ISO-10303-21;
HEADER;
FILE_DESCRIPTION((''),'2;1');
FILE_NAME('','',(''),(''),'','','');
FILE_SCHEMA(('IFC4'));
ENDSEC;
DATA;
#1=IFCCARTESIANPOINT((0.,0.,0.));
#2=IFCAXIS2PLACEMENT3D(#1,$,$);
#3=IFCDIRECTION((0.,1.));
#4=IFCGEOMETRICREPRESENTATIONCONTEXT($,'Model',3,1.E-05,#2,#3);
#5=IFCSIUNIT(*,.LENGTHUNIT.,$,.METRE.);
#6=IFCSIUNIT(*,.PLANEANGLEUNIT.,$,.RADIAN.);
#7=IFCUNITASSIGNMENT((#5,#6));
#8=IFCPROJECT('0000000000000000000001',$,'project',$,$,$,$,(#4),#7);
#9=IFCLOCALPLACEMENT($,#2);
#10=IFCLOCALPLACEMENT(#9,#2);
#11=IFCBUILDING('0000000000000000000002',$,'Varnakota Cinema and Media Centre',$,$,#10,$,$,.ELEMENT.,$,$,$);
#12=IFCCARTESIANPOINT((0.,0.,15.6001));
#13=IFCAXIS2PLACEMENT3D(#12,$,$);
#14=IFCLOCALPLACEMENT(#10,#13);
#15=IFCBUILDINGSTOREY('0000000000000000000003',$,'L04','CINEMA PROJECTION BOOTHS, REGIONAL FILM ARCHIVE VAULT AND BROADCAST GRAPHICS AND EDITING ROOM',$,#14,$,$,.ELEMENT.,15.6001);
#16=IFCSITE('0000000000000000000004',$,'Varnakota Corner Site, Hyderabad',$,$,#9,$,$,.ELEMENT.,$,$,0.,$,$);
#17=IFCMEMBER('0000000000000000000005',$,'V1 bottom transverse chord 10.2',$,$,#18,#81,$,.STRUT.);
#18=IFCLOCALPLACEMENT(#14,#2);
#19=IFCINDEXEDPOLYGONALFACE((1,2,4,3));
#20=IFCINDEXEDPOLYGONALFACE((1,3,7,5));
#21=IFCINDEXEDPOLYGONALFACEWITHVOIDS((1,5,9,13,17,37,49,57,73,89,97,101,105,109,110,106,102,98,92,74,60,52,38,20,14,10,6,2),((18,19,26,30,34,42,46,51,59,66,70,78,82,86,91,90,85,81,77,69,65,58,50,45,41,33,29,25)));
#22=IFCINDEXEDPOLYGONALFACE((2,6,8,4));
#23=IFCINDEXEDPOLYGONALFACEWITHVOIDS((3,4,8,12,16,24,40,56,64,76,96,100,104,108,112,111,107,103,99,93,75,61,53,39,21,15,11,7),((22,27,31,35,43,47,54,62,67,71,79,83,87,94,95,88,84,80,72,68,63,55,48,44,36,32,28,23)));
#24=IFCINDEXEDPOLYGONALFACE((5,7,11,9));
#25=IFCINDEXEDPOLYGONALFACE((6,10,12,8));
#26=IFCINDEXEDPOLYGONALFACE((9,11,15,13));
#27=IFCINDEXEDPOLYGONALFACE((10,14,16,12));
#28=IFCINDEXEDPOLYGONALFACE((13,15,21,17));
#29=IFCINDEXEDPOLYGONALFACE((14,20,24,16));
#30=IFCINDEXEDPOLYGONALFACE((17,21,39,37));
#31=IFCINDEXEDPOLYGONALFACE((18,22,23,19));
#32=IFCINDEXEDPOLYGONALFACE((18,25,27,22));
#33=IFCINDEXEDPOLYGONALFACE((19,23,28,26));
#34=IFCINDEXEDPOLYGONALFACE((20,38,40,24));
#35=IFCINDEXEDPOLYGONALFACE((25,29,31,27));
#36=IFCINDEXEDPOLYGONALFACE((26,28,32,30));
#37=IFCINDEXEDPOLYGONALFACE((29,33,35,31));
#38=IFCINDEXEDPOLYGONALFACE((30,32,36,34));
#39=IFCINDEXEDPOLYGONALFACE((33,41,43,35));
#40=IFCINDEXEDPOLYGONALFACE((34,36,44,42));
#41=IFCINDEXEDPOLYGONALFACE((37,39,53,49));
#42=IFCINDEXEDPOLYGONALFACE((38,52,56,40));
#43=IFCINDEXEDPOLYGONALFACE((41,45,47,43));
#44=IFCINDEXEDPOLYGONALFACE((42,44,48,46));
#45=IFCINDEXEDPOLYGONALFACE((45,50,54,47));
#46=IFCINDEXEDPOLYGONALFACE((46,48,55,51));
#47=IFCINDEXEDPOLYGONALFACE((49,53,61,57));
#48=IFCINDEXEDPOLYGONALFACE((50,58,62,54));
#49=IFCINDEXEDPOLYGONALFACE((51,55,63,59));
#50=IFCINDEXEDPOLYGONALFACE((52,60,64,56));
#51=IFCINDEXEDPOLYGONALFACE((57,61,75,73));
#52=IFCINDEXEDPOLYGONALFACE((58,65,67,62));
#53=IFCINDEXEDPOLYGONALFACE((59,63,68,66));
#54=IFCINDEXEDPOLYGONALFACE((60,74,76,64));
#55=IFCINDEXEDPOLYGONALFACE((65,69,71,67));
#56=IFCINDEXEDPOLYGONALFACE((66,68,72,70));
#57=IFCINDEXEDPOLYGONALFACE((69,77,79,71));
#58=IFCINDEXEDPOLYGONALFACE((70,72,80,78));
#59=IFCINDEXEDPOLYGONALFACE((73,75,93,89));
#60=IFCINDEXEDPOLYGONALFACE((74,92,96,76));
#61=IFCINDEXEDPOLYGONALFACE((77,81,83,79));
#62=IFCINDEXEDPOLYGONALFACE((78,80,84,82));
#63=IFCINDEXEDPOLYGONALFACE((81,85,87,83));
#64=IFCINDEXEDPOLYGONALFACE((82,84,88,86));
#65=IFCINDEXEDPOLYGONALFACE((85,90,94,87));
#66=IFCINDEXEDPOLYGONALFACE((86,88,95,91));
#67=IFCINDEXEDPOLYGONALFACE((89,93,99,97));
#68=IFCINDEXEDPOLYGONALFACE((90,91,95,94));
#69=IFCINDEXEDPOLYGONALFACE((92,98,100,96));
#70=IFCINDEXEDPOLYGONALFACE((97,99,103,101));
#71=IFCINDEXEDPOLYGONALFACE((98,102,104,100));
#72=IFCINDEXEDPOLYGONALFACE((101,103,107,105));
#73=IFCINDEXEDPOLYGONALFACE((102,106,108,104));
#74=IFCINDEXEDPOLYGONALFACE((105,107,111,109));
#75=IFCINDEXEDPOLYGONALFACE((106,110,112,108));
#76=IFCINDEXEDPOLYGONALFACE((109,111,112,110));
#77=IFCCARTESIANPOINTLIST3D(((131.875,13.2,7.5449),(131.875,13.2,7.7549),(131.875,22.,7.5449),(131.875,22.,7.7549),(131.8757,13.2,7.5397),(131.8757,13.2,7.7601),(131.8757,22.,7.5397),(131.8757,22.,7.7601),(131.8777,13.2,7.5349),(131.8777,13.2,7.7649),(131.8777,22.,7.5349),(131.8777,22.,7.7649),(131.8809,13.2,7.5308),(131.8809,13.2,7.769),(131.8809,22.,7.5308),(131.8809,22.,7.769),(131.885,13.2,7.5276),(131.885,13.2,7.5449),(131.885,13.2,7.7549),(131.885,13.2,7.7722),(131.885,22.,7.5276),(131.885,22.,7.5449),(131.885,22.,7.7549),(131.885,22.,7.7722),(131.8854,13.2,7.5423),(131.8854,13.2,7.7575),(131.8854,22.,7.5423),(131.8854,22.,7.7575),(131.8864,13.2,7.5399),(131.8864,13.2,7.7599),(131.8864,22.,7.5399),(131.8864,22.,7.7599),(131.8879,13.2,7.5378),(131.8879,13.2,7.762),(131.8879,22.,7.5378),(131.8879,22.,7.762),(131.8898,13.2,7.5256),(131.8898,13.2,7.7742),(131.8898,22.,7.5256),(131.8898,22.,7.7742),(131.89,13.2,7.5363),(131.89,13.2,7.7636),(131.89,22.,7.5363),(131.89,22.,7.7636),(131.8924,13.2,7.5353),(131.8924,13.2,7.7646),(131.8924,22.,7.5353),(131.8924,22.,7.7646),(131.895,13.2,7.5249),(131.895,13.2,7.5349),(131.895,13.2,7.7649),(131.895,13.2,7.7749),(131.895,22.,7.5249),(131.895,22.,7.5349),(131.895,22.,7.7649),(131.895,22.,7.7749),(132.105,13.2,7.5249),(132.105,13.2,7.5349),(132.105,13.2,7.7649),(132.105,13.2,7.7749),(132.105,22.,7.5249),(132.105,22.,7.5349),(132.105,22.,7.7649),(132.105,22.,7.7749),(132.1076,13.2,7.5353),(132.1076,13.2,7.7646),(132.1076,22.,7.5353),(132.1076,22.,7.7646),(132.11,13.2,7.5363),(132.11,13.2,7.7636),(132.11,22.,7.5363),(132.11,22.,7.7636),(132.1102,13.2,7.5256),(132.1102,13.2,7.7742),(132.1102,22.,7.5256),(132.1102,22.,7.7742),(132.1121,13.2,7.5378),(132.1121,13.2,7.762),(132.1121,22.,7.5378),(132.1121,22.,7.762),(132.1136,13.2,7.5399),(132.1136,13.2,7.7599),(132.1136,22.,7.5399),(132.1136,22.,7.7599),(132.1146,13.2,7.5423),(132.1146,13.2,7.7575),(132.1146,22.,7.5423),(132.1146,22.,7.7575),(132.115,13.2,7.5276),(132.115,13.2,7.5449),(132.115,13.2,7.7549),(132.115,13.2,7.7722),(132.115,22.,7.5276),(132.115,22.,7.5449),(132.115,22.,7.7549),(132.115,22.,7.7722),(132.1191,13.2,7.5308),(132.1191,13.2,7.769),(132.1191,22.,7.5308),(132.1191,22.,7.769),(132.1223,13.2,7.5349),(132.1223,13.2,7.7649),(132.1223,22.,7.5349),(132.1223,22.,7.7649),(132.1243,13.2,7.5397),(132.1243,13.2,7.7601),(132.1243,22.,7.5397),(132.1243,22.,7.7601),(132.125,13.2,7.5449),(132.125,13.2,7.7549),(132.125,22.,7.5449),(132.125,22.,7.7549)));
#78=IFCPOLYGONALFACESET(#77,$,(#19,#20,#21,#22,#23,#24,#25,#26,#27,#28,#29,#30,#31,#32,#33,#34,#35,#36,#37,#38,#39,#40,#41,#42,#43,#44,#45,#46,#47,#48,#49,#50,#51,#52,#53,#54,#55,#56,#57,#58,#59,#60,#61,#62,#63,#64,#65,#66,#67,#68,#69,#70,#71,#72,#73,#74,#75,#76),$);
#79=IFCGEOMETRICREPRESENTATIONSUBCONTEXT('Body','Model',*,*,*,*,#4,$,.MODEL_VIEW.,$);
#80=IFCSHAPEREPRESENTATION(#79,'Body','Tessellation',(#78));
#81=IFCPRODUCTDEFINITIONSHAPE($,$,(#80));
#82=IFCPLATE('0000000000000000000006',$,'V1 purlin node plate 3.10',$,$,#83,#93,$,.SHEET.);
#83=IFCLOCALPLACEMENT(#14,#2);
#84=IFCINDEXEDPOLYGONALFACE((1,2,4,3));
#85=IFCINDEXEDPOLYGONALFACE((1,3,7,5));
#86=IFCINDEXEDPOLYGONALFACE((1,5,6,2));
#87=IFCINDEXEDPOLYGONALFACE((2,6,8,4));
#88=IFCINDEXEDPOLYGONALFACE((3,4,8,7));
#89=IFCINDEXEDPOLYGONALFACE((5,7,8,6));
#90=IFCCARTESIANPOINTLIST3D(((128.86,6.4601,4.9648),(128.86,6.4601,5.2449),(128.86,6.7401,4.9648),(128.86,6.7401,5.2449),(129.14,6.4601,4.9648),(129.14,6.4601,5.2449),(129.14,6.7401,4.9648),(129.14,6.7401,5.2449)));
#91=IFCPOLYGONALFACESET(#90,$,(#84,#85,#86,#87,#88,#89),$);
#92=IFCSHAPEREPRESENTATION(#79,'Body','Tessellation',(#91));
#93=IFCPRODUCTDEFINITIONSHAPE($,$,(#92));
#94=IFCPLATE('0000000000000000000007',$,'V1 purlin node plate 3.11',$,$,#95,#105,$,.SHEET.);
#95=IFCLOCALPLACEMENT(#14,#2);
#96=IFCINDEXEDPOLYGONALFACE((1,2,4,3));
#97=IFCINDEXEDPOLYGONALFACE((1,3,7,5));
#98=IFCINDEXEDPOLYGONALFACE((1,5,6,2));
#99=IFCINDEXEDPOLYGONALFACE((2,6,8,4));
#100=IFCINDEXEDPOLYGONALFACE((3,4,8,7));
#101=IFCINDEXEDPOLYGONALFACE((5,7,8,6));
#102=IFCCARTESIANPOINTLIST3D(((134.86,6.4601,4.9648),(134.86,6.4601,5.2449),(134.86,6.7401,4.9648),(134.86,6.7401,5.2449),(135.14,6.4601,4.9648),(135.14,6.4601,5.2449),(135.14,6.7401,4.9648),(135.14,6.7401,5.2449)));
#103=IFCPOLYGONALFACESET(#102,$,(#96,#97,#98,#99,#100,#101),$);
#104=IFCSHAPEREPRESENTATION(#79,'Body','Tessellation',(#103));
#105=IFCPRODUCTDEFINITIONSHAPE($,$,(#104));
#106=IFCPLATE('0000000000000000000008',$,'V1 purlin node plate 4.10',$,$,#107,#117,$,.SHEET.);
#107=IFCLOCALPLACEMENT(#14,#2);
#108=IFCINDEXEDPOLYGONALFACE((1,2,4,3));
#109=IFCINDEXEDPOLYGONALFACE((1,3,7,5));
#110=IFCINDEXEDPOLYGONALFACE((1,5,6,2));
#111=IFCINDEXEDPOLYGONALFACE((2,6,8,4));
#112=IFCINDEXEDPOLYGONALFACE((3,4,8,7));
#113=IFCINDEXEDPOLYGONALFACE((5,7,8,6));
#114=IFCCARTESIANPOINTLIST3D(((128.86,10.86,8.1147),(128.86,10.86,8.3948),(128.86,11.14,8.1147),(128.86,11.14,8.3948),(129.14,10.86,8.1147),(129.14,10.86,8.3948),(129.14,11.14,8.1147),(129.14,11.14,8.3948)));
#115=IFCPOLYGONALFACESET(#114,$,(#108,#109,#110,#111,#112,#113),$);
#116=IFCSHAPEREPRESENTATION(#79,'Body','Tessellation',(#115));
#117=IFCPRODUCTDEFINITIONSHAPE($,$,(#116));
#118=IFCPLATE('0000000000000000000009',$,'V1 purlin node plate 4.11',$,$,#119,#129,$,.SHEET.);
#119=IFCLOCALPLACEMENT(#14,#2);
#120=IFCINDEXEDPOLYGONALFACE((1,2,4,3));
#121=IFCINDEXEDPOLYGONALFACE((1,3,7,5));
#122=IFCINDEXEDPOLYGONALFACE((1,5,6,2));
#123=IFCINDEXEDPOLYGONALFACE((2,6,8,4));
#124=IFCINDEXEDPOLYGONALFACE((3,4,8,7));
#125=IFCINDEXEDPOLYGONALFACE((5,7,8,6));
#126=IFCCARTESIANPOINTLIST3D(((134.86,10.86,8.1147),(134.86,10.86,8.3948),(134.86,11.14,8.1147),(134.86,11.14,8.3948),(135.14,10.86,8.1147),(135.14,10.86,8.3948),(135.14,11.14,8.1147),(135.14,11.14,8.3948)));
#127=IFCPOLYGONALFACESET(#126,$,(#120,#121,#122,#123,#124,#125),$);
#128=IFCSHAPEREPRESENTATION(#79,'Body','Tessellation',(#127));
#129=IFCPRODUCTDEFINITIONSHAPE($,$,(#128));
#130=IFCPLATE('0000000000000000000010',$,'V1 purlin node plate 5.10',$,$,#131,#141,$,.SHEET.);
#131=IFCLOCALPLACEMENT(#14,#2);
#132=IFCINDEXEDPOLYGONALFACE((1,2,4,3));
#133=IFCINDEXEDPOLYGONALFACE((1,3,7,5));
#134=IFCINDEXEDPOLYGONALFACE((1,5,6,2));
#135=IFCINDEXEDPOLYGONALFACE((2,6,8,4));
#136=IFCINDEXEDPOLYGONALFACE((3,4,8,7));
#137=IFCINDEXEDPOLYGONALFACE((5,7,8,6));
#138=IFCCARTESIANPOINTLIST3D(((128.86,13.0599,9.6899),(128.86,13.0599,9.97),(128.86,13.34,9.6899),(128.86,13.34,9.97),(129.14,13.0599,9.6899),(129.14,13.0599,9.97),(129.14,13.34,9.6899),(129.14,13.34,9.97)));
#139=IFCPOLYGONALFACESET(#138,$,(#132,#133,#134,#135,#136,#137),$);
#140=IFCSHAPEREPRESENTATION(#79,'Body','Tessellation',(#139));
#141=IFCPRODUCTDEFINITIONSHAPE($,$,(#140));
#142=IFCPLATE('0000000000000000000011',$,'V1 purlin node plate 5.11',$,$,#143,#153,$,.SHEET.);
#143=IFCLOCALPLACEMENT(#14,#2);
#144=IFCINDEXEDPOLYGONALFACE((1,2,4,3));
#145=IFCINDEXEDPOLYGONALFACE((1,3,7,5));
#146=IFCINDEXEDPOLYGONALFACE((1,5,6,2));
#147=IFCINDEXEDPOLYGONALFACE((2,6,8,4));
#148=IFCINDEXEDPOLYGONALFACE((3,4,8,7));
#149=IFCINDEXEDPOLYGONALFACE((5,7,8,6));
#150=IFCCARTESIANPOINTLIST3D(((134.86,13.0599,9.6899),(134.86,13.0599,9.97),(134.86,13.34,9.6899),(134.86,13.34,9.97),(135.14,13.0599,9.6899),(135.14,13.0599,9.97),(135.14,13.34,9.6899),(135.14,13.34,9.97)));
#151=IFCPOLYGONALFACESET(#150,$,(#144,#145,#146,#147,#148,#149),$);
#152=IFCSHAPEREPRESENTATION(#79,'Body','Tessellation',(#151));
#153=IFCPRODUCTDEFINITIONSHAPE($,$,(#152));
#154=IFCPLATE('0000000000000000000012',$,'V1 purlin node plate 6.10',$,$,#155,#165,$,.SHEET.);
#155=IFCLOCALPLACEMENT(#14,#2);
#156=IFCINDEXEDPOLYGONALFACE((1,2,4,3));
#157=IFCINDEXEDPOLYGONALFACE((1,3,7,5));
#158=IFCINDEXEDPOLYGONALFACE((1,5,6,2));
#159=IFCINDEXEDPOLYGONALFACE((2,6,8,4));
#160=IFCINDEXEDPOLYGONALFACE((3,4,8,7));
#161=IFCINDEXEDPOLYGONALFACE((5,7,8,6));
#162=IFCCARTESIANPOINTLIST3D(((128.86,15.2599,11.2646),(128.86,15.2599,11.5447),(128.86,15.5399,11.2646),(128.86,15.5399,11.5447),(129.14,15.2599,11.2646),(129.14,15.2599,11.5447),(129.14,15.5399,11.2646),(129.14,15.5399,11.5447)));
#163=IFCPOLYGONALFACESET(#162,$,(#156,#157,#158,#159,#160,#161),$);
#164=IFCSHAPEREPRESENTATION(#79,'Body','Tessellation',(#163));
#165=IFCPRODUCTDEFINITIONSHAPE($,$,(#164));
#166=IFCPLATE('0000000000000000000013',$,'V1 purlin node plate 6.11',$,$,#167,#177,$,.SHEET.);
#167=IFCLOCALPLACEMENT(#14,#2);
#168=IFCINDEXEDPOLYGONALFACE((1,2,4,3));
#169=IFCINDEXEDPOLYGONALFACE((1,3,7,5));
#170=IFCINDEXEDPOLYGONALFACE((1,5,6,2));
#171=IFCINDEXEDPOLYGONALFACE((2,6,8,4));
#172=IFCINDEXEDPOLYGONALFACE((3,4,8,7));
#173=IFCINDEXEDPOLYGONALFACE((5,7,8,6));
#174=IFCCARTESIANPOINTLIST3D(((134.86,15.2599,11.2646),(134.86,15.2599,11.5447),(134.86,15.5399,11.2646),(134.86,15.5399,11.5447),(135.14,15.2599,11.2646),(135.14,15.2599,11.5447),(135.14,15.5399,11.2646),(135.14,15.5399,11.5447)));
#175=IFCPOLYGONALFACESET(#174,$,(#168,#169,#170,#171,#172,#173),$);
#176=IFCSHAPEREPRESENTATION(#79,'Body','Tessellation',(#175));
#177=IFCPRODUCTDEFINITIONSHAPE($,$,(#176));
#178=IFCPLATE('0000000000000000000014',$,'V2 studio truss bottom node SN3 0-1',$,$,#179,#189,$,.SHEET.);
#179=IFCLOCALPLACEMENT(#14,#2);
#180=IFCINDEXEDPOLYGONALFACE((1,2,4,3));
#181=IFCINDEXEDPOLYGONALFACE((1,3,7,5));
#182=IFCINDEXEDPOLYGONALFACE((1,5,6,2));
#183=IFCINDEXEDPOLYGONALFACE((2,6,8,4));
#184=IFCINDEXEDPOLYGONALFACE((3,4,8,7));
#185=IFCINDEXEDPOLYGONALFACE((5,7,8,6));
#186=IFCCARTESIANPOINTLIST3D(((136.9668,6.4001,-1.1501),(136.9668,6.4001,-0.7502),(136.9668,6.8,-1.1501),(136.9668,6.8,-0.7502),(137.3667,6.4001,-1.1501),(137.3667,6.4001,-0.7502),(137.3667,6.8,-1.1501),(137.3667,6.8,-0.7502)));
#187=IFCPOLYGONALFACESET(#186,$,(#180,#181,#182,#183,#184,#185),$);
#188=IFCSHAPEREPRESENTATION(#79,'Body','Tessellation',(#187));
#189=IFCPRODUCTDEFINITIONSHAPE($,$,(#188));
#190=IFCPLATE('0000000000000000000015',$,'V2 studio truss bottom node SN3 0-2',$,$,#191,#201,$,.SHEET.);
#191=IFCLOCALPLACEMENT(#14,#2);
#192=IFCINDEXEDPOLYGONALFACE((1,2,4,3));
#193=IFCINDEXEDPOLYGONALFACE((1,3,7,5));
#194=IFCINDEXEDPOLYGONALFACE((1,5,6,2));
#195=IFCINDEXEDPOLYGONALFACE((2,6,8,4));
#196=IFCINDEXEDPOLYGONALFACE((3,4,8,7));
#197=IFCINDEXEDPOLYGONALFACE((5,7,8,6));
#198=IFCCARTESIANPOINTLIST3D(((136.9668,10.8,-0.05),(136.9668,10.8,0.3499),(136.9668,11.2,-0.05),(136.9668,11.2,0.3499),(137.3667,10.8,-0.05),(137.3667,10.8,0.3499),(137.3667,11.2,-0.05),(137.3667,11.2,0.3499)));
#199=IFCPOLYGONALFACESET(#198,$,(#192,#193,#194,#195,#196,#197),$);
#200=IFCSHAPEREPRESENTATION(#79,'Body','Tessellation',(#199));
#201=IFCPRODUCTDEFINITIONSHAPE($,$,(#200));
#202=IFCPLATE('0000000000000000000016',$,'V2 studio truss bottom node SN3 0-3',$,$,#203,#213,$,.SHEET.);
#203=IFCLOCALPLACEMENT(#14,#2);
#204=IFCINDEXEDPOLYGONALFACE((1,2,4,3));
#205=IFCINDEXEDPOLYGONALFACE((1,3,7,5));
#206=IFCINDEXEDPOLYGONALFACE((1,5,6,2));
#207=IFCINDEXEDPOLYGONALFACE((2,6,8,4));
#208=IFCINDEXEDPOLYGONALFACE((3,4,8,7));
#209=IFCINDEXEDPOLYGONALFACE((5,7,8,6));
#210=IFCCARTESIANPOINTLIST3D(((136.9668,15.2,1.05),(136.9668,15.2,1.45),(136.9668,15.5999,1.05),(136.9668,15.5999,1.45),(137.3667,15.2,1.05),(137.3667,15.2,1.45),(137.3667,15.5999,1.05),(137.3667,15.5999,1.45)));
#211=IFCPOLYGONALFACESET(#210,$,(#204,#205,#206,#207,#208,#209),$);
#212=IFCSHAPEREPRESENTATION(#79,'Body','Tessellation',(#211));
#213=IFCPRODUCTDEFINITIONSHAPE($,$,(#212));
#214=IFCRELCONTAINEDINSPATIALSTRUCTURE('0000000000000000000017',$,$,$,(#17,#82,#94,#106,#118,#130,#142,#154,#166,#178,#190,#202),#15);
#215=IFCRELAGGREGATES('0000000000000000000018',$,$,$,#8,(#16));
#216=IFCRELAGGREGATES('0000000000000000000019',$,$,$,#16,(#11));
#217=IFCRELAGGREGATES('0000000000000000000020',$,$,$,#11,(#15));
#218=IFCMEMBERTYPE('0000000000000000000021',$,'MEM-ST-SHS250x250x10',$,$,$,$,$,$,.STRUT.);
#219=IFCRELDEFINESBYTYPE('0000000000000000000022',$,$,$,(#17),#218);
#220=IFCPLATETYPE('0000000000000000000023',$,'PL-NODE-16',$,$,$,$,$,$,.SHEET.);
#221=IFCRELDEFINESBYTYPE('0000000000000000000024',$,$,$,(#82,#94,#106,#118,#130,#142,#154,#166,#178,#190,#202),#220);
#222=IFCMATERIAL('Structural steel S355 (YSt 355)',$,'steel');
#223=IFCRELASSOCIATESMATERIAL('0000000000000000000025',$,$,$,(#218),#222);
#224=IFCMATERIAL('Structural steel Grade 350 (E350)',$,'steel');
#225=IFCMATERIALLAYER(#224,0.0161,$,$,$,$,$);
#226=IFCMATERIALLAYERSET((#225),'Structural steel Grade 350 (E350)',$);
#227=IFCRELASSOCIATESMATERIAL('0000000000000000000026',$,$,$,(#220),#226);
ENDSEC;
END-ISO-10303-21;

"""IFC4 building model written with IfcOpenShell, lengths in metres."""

from ifc_helpers import new_model, si_unit, direction, frame, origin, origin_2d, place, context, subcontext, project, spatial, rectangle, hollow_rectangle, extrude, material, layer, layer_set, material_profile, profile_set, type_object, element, save


model = new_model("IFC4")

# Units and contexts
model_context = context("Model", 3, precision=1e-05, world=origin(), true_north=direction((0.0, 1.0)))
body_context = subcontext(model_context, "Body", "Model", "MODEL_VIEW")
ifc_project = project(units=[si_unit("LENGTHUNIT", "METRE"), si_unit("PLANEANGLEUNIT", "RADIAN")], contexts=[model_context])

# Site, building, storey
site_placement = place(None, origin())
site = spatial("IfcSite", under=ifc_project, at=site_placement, Name="Varnakota Corner Site, Hyderabad", CompositionType="ELEMENT", RefElevation=0.0)
building_placement = place(site_placement, origin())
building = spatial("IfcBuilding", under=site, at=building_placement, Name="Varnakota Cinema and Media Centre", CompositionType="ELEMENT")
storey_placement = place(building_placement, frame((0.0, 0.0, 15.6001)))
storey = spatial("IfcBuildingStorey", under=building, at=storey_placement, Name="L04", Description="CINEMA PROJECTION BOOTHS, REGIONAL FILM ARCHIVE VAULT AND BROADCAST GRAPHICS AND EDITING ROOM", CompositionType="ELEMENT", Elevation=15.6001)

# Member
ifc_material_1 = material(Name="Structural steel S355 (YSt 355)", Category="steel")
ifc_material_profile_1 = material_profile(ifc_material_1, hollow_rectangle(XDim=0.25, YDim=0.25, WallThickness=0.01, InnerFilletRadius=0.01, OuterFilletRadius=0.02, at=origin_2d()), Name="SHS 250x250x10")
ifc_profile_set_1 = profile_set([ifc_material_profile_1], Name="Structural steel S355 (YSt 355)")
member_type_1 = type_object("IfcMemberType", Name="MEM-ST-SHS250x250x10", PredefinedType="STRUT", material=ifc_profile_set_1)
member_1_placement = place(storey_placement, frame((132.0, 13.2, 7.6499), z_axis=(0.0, 1.0, 0.0), x_axis=(-1.0, 0.0, 0.0)))
element("IfcMember", 1, at=member_1_placement, inside=storey, type_object=member_type_1, Name="V1 bottom transverse chord 10.2", PredefinedType="STRUT", context=body_context, shape_type="SweptSolid", body=[
    extrude(hollow_rectangle(XDim=0.25, YDim=0.25, WallThickness=0.01, InnerFilletRadius=0.01, OuterFilletRadius=0.02, at=origin_2d()), origin(), (0.0, 0.0, 1.0), 8.8),
])

# Plates
ifc_material_2 = material(Name="Structural steel Grade 350 (E350)", Category="steel")
ifc_layer_1 = layer(ifc_material_2, 0.0161)
ifc_layer_set_1 = layer_set([ifc_layer_1], Name="Structural steel Grade 350 (E350)")
plate_type_1 = type_object("IfcPlateType", Name="PL-NODE-16", PredefinedType="SHEET", material=ifc_layer_set_1)
for number, where, z_axis, x_axis, name in (
    (2, (129.0, 6.6001, 4.9648), (0.0, 0.0, 1.0), (1.0, 0.0, 0.0), "V1 purlin node plate 3.10"),
    (3, (135.0, 6.6001, 4.9648), (0.0, 0.0, 1.0), (1.0, 0.0, 0.0), "V1 purlin node plate 3.11"),
    (4, (129.0, 11.0, 8.1147), (0.0, 0.0, 1.0), (1.0, 0.0, 0.0), "V1 purlin node plate 4.10"),
    (5, (135.0, 11.0, 8.1147), (0.0, 0.0, 1.0), (1.0, 0.0, 0.0), "V1 purlin node plate 4.11"),
    (6, (129.0, 13.2, 9.6899), (0.0, 0.0, 1.0), (1.0, 0.0, 0.0), "V1 purlin node plate 5.10"),
    (7, (135.0, 13.2, 9.6899), (0.0, 0.0, 1.0), (1.0, 0.0, 0.0), "V1 purlin node plate 5.11"),
    (8, (129.0, 15.3999, 11.2646), (0.0, 0.0, 1.0), (1.0, 0.0, 0.0), "V1 purlin node plate 6.10"),
    (9, (135.0, 15.3999, 11.2646), (0.0, 0.0, 1.0), (1.0, 0.0, 0.0), "V1 purlin node plate 6.11"),
):
    element("IfcPlate", number, at=place(storey_placement, frame(where, z_axis=z_axis, x_axis=x_axis)), inside=storey, type_object=plate_type_1, Name=name, PredefinedType="SHEET", context=body_context, shape_type="SweptSolid", body=[
        extrude(rectangle(XDim=0.28, YDim=0.28, at=origin_2d()), origin(), (0.0, 0.0, 1.0), 0.28),
    ])
for number, where, z_axis, x_axis, name in (
    (10, (137.1667, 6.6001, -1.1501), (0.0, 0.0, 1.0), (1.0, 0.0, 0.0), "V2 studio truss bottom node SN3 0-1"),
    (11, (137.1667, 11.0, -0.05), (0.0, 0.0, 1.0), (1.0, 0.0, 0.0), "V2 studio truss bottom node SN3 0-2"),
    (12, (137.1667, 15.3999, 1.05), (0.0, 0.0, 1.0), (1.0, 0.0, 0.0), "V2 studio truss bottom node SN3 0-3"),
):
    element("IfcPlate", number, at=place(storey_placement, frame(where, z_axis=z_axis, x_axis=x_axis)), inside=storey, type_object=plate_type_1, Name=name, PredefinedType="SHEET", context=body_context, shape_type="SweptSolid", body=[
        extrude(rectangle(XDim=0.3999, YDim=0.3999, at=origin_2d()), origin(), (0.0, 0.0, 1.0), 0.3999),
    ])

save(model, "model.ifc")
